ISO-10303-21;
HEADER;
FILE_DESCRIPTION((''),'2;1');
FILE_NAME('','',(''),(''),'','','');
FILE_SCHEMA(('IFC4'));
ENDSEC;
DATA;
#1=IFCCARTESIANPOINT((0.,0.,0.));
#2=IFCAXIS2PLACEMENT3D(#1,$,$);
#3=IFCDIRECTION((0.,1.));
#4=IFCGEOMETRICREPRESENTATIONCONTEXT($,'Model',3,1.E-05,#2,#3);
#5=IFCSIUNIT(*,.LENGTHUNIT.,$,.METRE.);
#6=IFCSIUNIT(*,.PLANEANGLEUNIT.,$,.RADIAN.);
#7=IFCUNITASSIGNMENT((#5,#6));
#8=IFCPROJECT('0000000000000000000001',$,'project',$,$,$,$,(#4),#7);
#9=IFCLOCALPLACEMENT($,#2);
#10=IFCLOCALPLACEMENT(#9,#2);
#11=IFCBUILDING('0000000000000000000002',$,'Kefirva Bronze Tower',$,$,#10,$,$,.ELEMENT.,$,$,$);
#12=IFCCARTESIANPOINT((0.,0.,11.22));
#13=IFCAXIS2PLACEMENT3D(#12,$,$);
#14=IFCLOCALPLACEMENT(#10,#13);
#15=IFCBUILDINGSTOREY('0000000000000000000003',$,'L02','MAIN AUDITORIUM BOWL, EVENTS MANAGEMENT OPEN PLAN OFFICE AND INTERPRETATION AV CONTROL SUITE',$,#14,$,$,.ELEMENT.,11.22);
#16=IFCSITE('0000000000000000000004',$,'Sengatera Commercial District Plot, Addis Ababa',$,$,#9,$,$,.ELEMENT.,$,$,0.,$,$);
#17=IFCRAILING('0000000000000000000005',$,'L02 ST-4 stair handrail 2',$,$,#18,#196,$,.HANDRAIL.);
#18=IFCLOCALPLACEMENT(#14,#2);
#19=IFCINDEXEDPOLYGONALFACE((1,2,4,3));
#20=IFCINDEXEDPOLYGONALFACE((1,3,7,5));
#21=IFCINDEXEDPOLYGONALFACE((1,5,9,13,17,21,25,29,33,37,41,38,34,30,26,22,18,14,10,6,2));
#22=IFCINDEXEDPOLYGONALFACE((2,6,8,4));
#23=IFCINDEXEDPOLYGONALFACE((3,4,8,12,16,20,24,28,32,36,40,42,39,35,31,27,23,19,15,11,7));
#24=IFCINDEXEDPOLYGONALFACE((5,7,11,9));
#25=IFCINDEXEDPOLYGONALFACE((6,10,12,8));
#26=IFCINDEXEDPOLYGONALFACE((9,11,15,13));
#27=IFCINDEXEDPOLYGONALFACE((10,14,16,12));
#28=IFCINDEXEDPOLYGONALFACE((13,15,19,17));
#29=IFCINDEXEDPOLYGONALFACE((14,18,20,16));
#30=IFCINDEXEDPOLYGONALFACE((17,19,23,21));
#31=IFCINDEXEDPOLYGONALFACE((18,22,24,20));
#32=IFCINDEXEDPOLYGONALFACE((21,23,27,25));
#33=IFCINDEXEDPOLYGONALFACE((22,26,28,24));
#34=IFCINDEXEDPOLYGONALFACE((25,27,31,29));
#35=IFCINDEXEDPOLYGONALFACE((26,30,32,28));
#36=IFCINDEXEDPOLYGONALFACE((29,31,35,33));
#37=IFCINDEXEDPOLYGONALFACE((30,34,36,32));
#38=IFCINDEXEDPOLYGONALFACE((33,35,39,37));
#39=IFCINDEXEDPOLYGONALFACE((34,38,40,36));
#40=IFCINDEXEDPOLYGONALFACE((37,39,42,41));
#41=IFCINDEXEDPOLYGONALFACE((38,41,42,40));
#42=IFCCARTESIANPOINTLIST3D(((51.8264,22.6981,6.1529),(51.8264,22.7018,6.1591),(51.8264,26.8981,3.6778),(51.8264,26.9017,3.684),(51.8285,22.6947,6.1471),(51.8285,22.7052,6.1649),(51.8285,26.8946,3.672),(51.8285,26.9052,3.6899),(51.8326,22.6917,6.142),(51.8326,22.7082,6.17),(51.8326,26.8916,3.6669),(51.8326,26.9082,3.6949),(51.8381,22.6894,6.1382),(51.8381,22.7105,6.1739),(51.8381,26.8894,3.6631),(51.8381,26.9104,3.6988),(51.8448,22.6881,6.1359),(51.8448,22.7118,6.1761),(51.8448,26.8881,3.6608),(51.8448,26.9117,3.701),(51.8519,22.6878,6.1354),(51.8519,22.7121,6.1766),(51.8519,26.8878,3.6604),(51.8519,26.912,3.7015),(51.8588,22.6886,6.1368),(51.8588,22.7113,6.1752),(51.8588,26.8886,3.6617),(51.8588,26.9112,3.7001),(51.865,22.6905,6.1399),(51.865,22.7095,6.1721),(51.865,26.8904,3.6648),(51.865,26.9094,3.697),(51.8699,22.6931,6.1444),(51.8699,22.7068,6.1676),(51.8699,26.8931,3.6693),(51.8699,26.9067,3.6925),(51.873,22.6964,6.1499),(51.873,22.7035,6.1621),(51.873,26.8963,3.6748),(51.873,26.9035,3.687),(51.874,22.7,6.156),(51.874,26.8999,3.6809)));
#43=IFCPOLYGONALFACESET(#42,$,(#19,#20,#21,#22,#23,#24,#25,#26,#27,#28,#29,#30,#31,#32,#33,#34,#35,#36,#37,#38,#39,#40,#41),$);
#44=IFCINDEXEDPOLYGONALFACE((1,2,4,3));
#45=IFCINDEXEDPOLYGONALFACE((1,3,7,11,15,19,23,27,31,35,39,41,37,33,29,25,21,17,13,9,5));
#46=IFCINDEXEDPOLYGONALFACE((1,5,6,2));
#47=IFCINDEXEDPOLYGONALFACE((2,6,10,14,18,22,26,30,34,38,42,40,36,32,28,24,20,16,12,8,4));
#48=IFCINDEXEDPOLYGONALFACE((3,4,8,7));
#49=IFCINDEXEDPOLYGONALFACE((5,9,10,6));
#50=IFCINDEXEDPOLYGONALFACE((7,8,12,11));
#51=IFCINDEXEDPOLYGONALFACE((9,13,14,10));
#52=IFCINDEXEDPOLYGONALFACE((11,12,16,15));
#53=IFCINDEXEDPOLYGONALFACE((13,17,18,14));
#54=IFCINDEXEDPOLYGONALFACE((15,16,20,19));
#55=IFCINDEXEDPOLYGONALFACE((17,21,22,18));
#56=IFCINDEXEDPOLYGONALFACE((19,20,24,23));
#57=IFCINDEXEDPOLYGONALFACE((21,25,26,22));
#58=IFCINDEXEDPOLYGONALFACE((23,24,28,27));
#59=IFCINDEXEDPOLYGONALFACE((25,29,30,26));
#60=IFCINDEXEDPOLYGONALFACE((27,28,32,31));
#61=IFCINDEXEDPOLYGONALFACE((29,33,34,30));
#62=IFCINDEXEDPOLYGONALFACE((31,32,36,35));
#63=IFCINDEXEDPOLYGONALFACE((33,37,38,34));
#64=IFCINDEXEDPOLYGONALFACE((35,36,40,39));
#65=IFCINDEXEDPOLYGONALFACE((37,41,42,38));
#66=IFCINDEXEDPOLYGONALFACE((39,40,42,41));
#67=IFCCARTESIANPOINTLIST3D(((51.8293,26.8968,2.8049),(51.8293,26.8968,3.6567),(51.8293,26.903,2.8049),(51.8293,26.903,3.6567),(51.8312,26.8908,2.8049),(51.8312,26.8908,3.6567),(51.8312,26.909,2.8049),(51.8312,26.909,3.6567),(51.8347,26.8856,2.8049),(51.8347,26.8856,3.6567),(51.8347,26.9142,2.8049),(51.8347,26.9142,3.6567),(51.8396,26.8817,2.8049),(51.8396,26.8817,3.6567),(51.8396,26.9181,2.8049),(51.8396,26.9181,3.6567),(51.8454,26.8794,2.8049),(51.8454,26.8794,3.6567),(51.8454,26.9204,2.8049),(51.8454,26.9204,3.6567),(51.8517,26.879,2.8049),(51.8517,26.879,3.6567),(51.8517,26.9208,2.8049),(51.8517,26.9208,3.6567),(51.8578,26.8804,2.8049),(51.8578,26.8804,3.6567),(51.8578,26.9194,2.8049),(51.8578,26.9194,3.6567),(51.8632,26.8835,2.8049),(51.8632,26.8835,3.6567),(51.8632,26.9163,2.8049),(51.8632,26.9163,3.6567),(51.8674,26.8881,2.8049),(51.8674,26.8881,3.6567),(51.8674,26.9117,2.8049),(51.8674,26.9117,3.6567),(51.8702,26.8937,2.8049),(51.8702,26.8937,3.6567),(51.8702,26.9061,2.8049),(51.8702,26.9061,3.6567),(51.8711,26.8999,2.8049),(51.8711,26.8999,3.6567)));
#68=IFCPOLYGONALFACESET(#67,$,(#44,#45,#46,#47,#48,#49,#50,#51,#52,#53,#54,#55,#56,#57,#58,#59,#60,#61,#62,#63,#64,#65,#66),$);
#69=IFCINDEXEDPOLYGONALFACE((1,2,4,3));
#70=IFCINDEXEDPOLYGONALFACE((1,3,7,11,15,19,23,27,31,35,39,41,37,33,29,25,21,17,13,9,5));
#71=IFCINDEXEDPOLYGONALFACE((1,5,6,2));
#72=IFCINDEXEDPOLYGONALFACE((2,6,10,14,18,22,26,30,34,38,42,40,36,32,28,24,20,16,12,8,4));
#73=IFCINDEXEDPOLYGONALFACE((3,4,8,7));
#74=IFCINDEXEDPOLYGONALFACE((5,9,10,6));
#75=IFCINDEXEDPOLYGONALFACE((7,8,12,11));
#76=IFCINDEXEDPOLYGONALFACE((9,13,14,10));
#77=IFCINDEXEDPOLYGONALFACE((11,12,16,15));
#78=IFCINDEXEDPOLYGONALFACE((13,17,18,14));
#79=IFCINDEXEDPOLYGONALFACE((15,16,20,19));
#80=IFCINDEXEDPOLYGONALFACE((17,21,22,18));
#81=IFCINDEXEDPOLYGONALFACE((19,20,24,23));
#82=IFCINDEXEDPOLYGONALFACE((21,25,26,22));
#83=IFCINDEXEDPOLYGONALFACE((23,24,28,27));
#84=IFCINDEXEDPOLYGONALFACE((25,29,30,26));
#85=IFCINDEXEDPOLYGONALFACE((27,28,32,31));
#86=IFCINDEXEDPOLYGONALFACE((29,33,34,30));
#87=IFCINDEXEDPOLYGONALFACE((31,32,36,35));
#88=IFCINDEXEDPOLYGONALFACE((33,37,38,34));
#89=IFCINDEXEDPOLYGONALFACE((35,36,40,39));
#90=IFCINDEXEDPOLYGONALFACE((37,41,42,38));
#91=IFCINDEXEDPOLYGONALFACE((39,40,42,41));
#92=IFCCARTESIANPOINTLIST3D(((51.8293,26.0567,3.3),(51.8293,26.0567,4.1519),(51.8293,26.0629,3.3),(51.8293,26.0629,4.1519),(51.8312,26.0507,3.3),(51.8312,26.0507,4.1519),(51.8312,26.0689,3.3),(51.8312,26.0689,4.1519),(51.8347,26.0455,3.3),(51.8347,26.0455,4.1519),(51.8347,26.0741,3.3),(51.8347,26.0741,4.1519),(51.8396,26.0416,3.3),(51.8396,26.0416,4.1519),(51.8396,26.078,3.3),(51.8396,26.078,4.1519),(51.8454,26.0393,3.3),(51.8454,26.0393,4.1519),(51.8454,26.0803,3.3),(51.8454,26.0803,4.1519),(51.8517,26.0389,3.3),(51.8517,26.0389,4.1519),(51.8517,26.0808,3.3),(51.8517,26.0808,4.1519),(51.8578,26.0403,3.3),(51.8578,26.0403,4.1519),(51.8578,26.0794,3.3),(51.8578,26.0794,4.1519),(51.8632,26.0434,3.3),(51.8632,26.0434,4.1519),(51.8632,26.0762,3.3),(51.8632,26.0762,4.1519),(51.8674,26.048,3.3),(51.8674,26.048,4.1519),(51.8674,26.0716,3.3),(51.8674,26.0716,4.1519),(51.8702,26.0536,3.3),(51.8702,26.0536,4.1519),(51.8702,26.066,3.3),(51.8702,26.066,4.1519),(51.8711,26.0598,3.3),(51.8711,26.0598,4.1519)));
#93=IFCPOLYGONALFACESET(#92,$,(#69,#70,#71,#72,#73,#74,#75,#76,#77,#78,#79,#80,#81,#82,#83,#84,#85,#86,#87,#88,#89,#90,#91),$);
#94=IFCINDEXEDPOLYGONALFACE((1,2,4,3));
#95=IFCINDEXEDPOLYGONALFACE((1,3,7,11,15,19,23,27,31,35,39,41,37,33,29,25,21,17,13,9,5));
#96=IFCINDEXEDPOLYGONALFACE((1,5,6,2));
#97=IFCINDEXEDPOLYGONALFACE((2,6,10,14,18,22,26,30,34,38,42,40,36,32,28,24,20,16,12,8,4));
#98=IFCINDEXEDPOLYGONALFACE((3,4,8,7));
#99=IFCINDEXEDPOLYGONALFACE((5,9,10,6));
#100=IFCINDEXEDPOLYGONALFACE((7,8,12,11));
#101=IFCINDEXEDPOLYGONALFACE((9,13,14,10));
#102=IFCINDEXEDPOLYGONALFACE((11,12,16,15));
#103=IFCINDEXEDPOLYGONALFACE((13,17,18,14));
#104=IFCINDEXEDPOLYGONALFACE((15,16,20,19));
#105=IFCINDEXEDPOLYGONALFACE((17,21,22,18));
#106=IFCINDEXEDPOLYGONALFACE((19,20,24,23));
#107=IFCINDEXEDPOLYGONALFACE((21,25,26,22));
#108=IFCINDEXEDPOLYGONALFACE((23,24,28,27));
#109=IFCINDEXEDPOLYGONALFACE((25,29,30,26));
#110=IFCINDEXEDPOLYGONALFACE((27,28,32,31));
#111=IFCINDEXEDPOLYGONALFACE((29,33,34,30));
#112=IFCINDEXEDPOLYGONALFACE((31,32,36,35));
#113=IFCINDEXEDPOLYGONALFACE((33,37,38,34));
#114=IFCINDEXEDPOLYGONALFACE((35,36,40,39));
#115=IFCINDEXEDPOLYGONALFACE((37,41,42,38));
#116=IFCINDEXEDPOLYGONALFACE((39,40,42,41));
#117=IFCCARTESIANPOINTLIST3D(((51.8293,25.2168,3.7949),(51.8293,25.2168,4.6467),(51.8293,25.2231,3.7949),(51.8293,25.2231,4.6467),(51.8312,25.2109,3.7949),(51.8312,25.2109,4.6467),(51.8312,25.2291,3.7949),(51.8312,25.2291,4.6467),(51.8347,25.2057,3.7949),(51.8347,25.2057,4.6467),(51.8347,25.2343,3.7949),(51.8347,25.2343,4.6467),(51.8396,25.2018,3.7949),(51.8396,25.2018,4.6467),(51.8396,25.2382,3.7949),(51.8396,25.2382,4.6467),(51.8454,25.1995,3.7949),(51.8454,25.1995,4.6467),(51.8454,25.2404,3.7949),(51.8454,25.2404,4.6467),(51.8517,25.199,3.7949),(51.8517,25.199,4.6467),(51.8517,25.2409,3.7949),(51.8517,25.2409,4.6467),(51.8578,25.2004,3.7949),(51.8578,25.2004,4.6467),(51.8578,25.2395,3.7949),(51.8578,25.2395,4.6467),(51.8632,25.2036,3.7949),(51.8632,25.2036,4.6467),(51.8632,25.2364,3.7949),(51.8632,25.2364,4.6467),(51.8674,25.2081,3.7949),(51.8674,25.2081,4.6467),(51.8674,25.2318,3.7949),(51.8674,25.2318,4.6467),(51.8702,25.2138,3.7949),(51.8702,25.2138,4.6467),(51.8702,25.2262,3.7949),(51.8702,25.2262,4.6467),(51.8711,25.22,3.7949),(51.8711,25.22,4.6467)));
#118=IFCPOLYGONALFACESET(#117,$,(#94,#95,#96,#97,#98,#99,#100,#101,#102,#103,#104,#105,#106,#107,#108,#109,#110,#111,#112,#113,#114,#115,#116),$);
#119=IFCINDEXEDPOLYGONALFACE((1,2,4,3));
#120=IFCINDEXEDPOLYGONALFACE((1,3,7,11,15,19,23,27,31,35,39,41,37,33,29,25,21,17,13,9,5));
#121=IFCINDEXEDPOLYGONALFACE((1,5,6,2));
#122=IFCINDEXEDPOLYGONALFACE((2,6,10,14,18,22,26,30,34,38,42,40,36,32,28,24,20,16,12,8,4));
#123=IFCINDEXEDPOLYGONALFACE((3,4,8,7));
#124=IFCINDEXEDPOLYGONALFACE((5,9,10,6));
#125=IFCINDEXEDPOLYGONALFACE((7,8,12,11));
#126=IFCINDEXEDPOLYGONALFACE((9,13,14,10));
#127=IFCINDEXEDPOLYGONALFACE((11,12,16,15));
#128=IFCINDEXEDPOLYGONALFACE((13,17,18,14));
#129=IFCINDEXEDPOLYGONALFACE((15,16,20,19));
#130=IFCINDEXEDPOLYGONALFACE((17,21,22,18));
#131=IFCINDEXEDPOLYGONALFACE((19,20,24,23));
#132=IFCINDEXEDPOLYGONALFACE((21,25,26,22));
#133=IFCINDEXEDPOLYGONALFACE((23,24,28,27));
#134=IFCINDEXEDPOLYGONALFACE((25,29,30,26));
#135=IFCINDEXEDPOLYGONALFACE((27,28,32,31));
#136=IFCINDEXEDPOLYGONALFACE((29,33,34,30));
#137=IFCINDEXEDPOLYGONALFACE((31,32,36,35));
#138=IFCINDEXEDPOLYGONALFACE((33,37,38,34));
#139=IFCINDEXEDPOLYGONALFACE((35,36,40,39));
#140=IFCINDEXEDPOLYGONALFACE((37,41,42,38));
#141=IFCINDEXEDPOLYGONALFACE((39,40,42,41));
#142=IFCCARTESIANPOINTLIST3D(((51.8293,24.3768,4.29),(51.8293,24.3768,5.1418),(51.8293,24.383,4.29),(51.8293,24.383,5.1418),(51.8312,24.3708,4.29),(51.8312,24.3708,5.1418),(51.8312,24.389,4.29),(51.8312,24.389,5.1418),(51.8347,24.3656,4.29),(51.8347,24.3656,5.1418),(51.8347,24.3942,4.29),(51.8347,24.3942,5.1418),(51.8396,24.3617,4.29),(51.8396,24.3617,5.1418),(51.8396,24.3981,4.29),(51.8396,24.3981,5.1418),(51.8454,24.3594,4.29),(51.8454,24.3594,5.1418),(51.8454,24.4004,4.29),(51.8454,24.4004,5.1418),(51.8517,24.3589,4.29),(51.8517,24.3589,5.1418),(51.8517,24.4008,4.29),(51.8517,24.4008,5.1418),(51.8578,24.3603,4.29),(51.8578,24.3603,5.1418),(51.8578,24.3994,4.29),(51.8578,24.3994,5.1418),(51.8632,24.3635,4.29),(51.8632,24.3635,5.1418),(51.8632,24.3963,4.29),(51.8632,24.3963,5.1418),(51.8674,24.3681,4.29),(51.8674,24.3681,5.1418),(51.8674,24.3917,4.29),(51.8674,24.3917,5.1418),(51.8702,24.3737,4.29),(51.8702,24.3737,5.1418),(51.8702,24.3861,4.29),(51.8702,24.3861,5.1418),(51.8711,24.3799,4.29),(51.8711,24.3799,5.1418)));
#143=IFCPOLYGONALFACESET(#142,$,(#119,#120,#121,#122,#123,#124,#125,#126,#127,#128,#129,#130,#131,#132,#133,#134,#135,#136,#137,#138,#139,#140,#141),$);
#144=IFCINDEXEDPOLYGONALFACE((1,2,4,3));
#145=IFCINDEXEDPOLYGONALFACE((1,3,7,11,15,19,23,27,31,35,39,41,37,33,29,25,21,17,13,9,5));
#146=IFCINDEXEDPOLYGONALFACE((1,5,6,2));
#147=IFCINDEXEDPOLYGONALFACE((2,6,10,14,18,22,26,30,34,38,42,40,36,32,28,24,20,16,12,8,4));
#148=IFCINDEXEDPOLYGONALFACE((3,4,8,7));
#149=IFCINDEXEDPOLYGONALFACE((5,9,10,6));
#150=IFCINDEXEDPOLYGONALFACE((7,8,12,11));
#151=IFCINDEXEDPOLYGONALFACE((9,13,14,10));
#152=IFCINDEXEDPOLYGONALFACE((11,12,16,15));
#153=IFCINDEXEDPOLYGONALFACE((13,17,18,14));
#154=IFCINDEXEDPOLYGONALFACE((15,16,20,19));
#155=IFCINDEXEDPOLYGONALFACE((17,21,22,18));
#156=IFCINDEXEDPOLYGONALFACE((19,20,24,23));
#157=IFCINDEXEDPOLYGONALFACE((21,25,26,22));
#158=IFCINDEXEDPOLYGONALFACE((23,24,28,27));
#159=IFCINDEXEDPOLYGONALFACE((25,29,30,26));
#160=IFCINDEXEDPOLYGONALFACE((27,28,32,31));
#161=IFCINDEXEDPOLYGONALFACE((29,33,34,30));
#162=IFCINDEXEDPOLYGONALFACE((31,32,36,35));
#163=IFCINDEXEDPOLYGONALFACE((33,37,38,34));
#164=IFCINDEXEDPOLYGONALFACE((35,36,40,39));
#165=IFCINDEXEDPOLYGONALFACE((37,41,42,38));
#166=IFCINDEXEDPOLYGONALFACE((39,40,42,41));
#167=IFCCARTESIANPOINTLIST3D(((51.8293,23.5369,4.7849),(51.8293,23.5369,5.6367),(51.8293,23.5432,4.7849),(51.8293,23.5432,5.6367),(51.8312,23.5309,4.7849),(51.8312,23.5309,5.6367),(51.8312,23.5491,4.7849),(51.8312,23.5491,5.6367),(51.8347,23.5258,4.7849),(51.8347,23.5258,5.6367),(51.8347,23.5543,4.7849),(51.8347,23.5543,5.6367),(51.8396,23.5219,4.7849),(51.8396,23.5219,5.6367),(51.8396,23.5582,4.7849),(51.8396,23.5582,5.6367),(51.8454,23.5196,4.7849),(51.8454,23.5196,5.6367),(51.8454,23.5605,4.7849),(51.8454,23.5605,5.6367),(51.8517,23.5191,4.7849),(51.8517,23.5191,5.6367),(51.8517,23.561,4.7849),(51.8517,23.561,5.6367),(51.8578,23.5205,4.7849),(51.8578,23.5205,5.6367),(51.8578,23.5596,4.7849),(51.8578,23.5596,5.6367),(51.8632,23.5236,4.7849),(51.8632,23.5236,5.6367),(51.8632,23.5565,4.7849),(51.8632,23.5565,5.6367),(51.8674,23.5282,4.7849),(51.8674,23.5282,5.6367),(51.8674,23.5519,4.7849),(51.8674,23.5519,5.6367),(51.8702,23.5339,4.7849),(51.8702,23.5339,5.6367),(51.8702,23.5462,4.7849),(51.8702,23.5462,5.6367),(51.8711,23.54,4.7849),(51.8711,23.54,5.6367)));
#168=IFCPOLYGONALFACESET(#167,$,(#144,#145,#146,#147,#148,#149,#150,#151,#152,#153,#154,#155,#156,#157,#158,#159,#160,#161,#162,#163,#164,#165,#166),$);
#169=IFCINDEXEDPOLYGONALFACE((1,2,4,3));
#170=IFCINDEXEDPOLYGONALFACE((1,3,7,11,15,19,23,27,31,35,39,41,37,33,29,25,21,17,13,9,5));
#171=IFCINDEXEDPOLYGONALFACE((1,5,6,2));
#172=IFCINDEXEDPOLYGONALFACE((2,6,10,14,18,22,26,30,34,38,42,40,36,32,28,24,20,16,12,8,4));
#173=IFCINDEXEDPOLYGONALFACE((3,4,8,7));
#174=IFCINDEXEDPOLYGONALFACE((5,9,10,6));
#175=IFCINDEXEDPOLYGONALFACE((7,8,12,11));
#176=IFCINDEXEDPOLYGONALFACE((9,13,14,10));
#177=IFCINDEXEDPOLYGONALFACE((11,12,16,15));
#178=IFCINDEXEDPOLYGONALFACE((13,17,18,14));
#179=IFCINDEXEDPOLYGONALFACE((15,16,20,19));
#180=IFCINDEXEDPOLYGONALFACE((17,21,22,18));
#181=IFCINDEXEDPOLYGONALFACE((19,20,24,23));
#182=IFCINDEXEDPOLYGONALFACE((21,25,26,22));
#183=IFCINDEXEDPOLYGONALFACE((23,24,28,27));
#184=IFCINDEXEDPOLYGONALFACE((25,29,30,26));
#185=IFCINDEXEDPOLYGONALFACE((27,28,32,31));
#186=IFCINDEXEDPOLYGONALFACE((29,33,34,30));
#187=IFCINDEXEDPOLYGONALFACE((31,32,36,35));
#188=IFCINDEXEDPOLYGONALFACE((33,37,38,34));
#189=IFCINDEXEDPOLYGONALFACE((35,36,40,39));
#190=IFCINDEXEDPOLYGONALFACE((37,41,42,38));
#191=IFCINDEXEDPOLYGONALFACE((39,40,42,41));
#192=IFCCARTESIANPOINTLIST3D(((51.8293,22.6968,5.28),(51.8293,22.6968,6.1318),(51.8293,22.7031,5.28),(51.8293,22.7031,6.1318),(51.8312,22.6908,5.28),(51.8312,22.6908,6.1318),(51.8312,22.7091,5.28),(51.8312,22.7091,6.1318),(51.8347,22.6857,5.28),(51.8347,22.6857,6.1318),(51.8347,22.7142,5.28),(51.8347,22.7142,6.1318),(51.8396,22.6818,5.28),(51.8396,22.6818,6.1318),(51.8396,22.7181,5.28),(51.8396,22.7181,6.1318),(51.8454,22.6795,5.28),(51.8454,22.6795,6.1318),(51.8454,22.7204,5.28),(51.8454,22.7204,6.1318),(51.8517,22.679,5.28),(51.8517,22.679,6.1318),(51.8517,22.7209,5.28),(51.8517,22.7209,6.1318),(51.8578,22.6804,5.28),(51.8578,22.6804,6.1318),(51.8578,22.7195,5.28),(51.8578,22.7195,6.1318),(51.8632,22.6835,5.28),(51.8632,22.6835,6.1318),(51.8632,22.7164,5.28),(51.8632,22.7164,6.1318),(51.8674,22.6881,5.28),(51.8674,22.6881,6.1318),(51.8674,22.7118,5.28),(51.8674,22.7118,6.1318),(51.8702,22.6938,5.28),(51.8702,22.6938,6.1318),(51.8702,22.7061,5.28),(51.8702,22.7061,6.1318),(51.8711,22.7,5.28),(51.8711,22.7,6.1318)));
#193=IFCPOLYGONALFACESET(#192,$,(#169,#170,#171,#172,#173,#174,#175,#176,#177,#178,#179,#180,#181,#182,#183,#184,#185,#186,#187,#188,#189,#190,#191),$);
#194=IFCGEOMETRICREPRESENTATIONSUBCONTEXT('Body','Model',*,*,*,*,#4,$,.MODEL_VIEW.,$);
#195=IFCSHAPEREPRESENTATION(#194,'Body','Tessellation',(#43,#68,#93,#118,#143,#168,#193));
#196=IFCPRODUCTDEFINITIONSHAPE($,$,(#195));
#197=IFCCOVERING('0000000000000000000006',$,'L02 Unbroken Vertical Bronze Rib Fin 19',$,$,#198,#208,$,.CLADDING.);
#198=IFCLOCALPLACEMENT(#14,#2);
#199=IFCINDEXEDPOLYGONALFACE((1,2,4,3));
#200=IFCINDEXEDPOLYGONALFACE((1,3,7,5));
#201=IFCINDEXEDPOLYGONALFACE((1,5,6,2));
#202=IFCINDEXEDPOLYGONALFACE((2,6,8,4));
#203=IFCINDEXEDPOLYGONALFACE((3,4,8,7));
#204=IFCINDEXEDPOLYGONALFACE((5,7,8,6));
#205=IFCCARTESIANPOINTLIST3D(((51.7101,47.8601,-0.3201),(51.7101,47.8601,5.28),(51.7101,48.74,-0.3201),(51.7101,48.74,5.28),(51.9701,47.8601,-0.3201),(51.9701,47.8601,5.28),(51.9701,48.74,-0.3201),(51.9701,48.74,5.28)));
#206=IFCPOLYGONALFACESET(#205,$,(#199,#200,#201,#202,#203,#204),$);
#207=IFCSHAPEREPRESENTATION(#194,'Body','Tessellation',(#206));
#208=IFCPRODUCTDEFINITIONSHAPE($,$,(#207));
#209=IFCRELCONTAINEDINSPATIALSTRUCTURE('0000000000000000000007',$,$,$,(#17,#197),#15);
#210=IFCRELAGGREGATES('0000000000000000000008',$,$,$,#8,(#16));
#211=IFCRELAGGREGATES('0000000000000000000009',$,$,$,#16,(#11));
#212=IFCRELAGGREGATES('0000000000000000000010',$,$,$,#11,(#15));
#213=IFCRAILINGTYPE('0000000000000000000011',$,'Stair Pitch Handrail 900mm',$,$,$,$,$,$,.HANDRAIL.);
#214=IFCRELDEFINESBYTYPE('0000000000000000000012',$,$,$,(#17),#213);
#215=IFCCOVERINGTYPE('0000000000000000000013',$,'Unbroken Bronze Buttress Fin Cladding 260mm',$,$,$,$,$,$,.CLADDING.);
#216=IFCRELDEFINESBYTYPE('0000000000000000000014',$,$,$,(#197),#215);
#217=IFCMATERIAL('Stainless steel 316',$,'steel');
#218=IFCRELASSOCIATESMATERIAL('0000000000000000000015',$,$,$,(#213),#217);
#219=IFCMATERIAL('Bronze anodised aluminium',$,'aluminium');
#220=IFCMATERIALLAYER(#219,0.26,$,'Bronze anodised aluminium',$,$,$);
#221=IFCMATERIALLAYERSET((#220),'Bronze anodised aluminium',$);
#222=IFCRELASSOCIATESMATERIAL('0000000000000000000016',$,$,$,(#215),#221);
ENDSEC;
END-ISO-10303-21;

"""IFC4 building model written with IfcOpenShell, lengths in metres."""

from ifc_helpers import new_model, si_unit, direction, frame, origin, origin_2d, place, context, subcontext, project, spatial, rectangle, circle, extrude, material, layer, layer_set, type_object, element, save


model = new_model("IFC4")

# Units and contexts
model_context = context("Model", 3, precision=1e-05, world=origin(), true_north=direction((0.0, 1.0)))
body_context = subcontext(model_context, "Body", "Model", "MODEL_VIEW")
ifc_project = project(units=[si_unit("LENGTHUNIT", "METRE"), si_unit("PLANEANGLEUNIT", "RADIAN")], contexts=[model_context])

# Site, building, storey
site_placement = place(None, origin())
site = spatial("IfcSite", under=ifc_project, at=site_placement, Name="Sengatera Commercial District Plot, Addis Ababa", CompositionType="ELEMENT", RefElevation=0.0)
building_placement = place(site_placement, origin())
building = spatial("IfcBuilding", under=site, at=building_placement, Name="Kefirva Bronze Tower", CompositionType="ELEMENT")
storey_placement = place(building_placement, frame((0.0, 0.0, 11.22)))
storey = spatial("IfcBuildingStorey", under=building, at=storey_placement, Name="L02", Description="MAIN AUDITORIUM BOWL, EVENTS MANAGEMENT OPEN PLAN OFFICE AND INTERPRETATION AV CONTROL SUITE", CompositionType="ELEMENT", Elevation=11.22)

# Shared definitions
ifc_material_1 = material(Name="Bronze anodised aluminium", Category="aluminium")

# Railing
ifc_material_2 = material(Name="Stainless steel 316", Category="steel")
railing_type_1 = type_object("IfcRailingType", Name="Stair Pitch Handrail 900mm", PredefinedType="HANDRAIL", material=ifc_material_2)
railing_1_placement = place(storey_placement, frame((51.8501, 26.8999, 2.8049)))
element("IfcRailing", 1, at=railing_1_placement, inside=storey, type_object=railing_type_1, Name="L02 ST-4 stair handrail 2", PredefinedType="HANDRAIL", context=body_context, shape_type="SweptSolid", body=[
    extrude(circle(Radius=0.0239, at=origin_2d()), frame((0.0, 0.0, 0.876), z_axis=(0.0, -0.861527, 0.507712), x_axis=(1.0, 0.0, 0.0)), (0.0, 0.0, 1.0), 4.875),
    extrude(circle(Radius=0.021, at=origin_2d()), origin(), (0.0, 0.0, 1.0), 0.8518),
    extrude(circle(Radius=0.021, at=origin_2d()), frame((0.0, -0.8401, 0.4951)), (0.0, 0.0, 1.0), 0.8518),
    extrude(circle(Radius=0.021, at=origin_2d()), frame((0.0, -1.6799, 0.99)), (0.0, 0.0, 1.0), 0.8518),
    extrude(circle(Radius=0.021, at=origin_2d()), frame((0.0, -2.52, 1.4851)), (0.0, 0.0, 1.0), 0.8518),
    extrude(circle(Radius=0.021, at=origin_2d()), frame((0.0, -3.3599, 1.98)), (0.0, 0.0, 1.0), 0.8518),
    extrude(circle(Radius=0.021, at=origin_2d()), frame((0.0, -4.2, 2.4751)), (0.0, 0.0, 1.0), 0.8518),
])

# Covering
ifc_layer_1 = layer(ifc_material_1, 0.26, Name="Bronze anodised aluminium")
ifc_layer_set_1 = layer_set([ifc_layer_1], Name="Bronze anodised aluminium")
covering_type = type_object("IfcCoveringType", Name="Unbroken Bronze Buttress Fin Cladding 260mm", PredefinedType="CLADDING", material=ifc_layer_set_1)
covering_placement = place(storey_placement, frame((51.8401, 48.3, -0.3201), z_axis=(0.0, 0.0, 1.0), x_axis=(-1.0, 0.0, 0.0)))
element("IfcCovering", 2, at=covering_placement, inside=storey, type_object=covering_type, Name="L02 Unbroken Vertical Bronze Rib Fin 19", PredefinedType="CLADDING", context=body_context, shape_type="SweptSolid", body=[
    extrude(rectangle(XDim=0.26, YDim=0.8799, at=origin_2d()), origin(), (0.0, 0.0, 1.0), 5.6001),
])

save(model, "model.ifc")
